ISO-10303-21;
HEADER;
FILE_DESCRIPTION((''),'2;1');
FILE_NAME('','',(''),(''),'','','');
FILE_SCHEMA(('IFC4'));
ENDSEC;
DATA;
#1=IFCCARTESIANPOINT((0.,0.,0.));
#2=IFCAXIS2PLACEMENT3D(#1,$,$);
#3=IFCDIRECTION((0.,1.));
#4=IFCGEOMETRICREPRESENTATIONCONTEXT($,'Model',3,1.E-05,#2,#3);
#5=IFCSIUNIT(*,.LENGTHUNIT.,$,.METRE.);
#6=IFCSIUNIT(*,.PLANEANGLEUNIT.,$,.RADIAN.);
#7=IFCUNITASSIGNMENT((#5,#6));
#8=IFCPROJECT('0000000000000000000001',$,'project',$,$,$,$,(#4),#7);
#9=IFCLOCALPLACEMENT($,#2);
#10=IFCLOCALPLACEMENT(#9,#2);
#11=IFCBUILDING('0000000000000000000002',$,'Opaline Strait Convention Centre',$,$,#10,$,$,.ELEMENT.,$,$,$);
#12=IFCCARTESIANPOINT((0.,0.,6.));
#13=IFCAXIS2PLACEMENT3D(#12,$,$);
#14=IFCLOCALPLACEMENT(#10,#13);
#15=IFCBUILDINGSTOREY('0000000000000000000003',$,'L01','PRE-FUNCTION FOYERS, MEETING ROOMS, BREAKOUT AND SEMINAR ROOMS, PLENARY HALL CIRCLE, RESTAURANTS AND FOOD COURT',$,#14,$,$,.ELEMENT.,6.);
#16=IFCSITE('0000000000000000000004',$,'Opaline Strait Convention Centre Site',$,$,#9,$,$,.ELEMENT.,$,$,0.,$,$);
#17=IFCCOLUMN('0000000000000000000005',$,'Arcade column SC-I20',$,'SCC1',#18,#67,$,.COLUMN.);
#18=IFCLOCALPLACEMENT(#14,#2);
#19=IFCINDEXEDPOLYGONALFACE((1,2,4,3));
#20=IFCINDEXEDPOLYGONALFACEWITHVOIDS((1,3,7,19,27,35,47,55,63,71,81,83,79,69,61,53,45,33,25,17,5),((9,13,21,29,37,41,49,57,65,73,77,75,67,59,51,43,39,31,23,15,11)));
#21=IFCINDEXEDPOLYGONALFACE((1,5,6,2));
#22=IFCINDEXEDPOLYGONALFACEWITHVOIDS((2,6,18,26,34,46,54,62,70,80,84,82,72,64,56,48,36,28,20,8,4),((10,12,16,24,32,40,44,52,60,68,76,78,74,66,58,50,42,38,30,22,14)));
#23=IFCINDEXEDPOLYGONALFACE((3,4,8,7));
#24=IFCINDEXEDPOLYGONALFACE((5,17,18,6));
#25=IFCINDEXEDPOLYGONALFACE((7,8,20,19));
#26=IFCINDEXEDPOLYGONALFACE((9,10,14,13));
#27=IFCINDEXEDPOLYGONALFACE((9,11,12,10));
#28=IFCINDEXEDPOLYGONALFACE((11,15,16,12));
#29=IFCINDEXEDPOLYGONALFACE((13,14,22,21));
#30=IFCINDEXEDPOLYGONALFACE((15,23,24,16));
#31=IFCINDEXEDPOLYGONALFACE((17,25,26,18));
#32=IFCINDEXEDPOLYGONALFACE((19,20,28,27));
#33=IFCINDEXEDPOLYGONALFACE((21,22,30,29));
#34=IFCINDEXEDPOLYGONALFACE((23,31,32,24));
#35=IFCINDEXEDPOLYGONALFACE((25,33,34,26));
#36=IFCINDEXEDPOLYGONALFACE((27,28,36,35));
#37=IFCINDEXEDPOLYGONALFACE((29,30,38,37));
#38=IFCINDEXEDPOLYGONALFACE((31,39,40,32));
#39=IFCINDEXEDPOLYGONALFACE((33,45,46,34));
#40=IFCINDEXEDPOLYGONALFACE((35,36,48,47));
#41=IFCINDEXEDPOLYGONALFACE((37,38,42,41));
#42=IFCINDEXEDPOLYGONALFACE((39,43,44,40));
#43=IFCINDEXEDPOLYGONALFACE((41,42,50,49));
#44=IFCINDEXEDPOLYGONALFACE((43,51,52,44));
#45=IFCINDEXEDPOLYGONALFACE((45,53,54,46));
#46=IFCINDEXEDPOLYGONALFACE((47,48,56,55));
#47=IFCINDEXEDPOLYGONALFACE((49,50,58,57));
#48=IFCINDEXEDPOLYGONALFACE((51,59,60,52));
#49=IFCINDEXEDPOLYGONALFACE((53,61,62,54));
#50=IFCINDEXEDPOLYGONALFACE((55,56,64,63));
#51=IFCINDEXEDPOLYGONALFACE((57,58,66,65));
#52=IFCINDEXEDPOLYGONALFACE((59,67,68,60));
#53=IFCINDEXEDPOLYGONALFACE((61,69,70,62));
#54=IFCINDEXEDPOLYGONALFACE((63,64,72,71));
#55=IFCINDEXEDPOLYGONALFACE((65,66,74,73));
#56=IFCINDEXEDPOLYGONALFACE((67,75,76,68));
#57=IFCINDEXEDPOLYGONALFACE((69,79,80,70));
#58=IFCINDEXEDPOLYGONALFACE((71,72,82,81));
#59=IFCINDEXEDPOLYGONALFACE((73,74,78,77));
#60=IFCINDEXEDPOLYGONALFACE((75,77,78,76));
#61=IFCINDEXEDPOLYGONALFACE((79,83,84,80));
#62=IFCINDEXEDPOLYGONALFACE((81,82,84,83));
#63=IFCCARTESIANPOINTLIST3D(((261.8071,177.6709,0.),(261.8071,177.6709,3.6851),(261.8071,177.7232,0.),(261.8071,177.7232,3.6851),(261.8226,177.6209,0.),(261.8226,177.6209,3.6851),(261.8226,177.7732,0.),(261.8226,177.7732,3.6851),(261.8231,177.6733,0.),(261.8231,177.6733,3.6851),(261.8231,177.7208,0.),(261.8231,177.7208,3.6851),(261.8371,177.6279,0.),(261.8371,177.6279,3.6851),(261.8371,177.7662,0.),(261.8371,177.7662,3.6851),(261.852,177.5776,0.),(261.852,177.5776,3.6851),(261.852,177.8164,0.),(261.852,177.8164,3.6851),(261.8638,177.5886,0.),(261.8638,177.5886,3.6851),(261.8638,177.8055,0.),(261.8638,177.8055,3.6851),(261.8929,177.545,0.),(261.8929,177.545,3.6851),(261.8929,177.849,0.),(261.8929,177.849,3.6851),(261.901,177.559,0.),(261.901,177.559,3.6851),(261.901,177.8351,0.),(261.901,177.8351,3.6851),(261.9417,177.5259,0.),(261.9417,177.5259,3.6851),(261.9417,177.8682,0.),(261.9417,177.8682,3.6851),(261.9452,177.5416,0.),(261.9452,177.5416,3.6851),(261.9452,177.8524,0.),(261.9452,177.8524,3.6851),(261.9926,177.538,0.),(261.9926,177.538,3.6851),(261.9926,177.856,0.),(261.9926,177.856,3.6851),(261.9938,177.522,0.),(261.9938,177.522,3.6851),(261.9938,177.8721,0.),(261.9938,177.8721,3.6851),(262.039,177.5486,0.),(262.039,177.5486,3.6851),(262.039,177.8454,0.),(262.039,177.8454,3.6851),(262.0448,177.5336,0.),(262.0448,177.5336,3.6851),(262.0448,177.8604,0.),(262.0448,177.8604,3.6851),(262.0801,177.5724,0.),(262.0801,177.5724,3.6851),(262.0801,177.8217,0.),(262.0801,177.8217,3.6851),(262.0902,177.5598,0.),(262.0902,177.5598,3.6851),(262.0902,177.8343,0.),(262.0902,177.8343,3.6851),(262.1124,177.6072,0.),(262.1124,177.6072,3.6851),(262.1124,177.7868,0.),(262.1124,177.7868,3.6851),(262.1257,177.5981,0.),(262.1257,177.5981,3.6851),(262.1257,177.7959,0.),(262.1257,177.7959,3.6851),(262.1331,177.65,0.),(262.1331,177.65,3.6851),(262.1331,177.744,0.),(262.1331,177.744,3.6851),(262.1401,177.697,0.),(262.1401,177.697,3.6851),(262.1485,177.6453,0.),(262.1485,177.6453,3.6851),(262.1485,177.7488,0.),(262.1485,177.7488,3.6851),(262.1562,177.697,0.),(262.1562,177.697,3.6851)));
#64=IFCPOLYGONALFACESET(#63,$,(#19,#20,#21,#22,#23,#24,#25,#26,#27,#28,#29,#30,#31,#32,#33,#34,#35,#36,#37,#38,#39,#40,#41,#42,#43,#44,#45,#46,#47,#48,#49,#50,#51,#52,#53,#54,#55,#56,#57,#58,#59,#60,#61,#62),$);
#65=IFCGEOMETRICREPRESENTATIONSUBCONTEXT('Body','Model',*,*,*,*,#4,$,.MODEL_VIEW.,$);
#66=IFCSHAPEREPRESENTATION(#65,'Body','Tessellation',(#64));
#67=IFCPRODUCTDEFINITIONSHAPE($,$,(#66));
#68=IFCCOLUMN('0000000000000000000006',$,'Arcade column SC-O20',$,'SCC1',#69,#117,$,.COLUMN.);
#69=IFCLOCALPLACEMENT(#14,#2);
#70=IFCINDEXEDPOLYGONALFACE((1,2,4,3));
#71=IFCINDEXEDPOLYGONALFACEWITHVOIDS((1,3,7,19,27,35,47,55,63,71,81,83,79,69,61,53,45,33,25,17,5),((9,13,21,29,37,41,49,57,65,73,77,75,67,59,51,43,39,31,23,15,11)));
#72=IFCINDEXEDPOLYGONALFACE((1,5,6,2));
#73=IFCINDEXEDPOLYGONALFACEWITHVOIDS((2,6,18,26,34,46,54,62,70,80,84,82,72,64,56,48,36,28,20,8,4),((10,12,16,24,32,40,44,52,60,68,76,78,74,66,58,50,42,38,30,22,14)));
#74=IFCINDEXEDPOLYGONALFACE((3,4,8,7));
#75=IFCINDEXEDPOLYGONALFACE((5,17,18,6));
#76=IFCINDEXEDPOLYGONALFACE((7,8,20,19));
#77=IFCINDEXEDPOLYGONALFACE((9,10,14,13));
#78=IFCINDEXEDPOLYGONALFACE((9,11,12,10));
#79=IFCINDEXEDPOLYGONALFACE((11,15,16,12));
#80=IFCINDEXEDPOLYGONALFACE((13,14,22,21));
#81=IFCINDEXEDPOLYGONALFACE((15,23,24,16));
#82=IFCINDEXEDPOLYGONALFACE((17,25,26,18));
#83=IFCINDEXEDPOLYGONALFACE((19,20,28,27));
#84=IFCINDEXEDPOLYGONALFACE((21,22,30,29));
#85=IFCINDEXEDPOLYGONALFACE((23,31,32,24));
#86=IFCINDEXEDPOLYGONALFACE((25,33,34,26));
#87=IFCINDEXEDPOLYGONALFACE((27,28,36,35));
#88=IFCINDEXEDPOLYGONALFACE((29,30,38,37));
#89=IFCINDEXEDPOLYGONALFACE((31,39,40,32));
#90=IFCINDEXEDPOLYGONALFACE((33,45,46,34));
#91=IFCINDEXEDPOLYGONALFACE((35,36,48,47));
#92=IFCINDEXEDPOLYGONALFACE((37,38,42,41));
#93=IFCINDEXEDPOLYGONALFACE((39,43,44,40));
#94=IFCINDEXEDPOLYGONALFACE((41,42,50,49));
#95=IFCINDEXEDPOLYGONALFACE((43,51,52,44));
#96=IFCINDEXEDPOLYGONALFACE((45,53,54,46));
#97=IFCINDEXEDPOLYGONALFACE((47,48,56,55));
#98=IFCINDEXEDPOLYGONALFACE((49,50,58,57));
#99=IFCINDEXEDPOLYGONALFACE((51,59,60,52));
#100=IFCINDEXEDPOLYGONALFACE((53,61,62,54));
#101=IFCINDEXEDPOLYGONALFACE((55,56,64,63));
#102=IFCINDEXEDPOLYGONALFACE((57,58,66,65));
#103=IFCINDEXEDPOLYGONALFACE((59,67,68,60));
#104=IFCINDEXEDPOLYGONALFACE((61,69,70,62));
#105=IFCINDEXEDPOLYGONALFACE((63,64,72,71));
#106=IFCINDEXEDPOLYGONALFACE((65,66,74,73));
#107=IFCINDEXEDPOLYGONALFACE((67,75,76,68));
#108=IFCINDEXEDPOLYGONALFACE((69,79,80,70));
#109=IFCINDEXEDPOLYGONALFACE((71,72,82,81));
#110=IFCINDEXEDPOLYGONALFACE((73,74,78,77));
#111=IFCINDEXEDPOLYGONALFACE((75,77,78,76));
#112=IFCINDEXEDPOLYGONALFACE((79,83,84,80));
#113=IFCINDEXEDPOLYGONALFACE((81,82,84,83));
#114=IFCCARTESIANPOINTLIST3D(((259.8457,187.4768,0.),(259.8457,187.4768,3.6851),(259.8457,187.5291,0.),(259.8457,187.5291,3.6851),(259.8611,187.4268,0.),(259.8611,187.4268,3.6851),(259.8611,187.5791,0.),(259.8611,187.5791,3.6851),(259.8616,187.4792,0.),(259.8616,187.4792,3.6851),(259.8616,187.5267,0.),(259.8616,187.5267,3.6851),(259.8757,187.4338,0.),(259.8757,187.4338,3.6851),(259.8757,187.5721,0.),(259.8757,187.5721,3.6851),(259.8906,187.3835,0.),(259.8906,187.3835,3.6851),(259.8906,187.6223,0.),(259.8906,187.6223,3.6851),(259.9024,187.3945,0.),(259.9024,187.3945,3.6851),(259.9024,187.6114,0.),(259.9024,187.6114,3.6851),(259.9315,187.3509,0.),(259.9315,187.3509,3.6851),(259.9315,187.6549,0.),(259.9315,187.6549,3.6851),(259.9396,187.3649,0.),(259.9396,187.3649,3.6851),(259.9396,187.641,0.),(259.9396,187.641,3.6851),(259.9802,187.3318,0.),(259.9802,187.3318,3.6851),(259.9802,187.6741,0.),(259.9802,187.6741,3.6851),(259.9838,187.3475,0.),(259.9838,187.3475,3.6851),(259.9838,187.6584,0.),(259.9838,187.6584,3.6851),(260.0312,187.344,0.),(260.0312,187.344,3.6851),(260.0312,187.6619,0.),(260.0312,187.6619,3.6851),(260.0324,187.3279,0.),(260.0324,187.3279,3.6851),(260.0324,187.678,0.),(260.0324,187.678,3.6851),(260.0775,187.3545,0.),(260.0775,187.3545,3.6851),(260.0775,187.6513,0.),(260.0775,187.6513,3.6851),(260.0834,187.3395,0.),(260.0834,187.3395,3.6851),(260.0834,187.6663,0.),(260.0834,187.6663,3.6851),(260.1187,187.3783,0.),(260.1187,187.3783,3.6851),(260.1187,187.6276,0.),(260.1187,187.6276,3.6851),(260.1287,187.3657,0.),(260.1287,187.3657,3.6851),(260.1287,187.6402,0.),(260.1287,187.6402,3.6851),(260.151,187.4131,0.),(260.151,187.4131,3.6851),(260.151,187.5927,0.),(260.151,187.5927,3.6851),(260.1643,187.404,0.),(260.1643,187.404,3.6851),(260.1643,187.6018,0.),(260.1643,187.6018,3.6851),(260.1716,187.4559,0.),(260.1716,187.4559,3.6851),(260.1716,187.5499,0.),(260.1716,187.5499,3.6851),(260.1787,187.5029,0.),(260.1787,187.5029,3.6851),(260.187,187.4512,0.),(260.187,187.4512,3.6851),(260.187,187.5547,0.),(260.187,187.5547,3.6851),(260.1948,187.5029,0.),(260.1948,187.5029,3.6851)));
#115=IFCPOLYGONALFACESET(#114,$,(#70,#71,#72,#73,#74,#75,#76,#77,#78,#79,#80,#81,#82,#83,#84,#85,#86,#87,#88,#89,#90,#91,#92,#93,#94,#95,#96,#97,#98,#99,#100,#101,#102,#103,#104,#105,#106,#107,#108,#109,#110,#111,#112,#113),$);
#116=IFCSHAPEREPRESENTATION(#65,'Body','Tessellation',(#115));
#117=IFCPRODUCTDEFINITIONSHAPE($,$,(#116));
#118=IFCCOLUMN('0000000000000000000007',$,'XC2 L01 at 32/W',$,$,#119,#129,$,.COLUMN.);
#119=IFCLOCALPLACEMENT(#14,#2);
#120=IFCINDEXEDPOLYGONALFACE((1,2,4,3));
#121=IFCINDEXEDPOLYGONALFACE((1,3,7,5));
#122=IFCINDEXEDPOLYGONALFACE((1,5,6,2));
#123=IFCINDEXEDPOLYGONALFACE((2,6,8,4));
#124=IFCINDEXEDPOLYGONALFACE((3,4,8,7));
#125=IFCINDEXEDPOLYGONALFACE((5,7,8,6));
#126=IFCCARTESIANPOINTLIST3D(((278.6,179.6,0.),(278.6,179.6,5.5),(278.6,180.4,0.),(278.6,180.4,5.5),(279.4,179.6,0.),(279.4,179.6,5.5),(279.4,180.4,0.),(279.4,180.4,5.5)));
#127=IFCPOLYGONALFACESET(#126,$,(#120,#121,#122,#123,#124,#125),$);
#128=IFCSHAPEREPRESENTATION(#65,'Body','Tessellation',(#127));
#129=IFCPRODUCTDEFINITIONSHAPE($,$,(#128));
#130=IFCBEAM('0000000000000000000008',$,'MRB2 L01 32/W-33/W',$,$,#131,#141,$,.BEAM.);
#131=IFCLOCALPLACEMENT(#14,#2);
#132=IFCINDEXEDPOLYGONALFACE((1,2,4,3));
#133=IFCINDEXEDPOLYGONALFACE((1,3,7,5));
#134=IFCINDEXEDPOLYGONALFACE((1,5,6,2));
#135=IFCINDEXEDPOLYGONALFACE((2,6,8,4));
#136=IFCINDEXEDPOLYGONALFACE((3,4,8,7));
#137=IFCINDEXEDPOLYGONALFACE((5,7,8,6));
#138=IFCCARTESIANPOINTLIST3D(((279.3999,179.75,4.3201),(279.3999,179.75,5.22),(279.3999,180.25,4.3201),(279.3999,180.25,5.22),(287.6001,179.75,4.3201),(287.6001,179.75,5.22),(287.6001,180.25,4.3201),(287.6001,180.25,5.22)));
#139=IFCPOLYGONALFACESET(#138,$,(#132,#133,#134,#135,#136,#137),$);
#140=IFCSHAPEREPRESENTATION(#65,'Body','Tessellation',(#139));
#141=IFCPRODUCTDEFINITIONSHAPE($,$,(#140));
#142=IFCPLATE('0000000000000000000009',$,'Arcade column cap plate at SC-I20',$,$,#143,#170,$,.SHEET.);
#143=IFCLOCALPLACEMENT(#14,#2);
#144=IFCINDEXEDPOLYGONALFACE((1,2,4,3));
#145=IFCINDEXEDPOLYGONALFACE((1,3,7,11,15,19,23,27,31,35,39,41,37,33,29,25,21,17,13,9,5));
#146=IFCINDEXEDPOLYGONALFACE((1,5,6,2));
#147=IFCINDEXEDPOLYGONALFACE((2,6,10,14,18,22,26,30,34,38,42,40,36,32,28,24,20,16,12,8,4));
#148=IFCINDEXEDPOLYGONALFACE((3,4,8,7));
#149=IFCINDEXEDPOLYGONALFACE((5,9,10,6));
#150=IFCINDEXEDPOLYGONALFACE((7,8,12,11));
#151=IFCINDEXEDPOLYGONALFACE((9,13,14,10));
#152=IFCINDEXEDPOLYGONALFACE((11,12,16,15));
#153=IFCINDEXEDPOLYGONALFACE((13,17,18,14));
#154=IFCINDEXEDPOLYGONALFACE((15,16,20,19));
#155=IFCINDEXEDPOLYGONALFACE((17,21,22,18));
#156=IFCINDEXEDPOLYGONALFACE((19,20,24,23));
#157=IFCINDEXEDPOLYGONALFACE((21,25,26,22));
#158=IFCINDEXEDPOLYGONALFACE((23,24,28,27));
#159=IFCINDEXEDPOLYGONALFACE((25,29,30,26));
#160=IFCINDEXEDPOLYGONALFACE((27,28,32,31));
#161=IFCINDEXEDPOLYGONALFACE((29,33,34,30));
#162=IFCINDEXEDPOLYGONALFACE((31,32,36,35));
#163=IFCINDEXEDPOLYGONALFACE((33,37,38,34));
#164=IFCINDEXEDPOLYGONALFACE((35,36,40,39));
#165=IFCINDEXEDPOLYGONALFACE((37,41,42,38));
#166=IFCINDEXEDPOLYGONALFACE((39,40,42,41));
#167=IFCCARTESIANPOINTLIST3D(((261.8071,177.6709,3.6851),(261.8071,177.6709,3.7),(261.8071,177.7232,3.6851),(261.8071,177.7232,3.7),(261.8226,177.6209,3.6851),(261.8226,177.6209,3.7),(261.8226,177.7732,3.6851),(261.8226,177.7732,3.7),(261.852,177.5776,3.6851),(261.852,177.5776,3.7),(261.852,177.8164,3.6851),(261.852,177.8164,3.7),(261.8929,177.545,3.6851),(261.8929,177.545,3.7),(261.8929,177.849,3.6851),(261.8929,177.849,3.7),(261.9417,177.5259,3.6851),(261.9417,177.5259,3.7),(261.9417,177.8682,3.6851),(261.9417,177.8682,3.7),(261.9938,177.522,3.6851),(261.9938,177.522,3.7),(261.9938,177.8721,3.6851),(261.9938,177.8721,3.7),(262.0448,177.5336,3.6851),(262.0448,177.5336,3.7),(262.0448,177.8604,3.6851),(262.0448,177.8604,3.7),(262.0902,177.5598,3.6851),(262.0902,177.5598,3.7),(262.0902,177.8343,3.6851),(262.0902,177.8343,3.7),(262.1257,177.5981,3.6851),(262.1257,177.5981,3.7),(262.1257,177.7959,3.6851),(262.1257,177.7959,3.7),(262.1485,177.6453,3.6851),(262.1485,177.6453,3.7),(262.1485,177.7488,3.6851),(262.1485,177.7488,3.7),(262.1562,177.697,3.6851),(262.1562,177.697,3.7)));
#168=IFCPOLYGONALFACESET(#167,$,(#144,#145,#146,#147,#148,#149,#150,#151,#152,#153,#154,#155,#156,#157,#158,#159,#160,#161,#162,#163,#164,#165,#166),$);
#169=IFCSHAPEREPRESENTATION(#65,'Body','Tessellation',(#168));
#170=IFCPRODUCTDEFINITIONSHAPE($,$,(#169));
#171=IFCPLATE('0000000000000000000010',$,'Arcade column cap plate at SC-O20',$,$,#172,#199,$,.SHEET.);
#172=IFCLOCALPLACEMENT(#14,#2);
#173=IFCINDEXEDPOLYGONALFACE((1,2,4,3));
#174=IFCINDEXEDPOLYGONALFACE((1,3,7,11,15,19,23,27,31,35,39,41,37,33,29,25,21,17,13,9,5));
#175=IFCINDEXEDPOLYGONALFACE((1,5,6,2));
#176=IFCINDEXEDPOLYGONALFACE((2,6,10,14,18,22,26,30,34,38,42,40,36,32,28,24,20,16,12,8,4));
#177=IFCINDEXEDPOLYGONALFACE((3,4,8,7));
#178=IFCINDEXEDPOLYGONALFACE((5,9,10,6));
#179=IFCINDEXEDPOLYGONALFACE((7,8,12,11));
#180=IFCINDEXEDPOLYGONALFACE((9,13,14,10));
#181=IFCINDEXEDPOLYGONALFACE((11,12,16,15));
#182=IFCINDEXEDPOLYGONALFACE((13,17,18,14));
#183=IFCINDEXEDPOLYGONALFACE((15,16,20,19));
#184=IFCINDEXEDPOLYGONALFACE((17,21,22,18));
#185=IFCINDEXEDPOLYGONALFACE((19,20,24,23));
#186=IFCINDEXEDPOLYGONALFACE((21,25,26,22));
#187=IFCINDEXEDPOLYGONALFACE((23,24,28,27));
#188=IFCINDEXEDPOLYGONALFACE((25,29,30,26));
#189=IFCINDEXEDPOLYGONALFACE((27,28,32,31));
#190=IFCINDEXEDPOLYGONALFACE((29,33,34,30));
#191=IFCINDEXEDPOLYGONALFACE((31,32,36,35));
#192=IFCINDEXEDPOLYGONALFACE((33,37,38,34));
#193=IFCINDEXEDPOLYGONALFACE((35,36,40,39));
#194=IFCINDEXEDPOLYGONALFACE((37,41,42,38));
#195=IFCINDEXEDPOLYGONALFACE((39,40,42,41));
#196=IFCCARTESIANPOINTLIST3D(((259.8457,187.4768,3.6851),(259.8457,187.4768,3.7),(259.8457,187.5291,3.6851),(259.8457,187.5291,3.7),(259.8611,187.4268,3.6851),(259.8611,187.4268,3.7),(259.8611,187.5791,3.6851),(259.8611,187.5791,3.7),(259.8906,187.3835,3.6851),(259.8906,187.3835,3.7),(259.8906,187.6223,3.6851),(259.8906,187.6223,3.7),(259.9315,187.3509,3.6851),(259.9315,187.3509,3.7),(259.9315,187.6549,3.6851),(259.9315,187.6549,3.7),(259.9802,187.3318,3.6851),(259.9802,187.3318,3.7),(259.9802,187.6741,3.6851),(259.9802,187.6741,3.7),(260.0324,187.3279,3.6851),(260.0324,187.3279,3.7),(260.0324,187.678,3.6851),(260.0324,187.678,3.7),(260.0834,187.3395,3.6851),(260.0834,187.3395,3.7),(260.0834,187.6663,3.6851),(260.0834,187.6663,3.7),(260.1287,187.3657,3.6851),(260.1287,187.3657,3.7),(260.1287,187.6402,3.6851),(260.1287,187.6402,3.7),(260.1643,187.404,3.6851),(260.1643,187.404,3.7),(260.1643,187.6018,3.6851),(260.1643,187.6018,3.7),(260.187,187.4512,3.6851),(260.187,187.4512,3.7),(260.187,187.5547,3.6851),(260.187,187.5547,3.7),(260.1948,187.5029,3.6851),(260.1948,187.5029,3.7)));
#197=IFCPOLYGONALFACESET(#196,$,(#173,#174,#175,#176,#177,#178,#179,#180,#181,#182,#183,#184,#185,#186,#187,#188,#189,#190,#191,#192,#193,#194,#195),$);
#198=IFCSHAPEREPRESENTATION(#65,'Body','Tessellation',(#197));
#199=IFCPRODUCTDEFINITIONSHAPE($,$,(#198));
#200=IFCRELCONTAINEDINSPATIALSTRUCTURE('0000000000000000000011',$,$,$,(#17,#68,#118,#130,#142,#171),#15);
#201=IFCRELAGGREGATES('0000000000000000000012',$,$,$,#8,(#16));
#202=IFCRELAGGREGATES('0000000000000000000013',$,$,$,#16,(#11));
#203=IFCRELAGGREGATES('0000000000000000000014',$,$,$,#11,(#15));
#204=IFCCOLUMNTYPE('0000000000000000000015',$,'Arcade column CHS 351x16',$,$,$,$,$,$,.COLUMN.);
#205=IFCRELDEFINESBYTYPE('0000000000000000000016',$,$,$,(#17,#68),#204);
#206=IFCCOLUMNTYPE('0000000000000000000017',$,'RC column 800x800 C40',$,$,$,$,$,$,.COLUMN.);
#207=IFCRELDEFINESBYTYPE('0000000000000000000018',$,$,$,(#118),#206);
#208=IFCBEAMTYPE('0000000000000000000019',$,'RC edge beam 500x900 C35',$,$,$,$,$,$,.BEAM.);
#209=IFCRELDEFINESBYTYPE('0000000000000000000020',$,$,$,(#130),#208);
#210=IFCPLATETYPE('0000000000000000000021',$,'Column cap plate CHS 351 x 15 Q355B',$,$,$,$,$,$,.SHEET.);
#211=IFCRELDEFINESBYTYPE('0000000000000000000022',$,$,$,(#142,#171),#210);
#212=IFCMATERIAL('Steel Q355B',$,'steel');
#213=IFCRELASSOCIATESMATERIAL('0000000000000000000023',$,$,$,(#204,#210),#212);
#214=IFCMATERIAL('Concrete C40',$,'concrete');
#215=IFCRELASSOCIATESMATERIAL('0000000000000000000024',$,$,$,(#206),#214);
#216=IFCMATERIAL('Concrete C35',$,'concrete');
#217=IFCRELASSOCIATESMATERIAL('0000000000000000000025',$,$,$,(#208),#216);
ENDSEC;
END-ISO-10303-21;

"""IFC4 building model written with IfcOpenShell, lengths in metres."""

from ifc_helpers import new_model, si_unit, direction, frame, origin, origin_2d, place, context, subcontext, project, spatial, rectangle, circle, hollow_circle, extrude, material, material_profile, profile_set, type_object, element, save


model = new_model("IFC4")

# Units and contexts
model_context = context("Model", 3, precision=1e-05, world=origin(), true_north=direction((0.0, 1.0)))
body_context = subcontext(model_context, "Body", "Model", "MODEL_VIEW")
ifc_project = project(units=[si_unit("LENGTHUNIT", "METRE"), si_unit("PLANEANGLEUNIT", "RADIAN")], contexts=[model_context])

# Site, building, storey
site_placement = place(None, origin())
site = spatial("IfcSite", under=ifc_project, at=site_placement, Name="Opaline Strait Convention Centre Site", CompositionType="ELEMENT", RefElevation=0.0)
building_placement = place(site_placement, origin())
building = spatial("IfcBuilding", under=site, at=building_placement, Name="Opaline Strait Convention Centre", CompositionType="ELEMENT")
storey_placement = place(building_placement, frame((0.0, 0.0, 6.0)))
storey = spatial("IfcBuildingStorey", under=building, at=storey_placement, Name="L01", Description="PRE-FUNCTION FOYERS, MEETING ROOMS, BREAKOUT AND SEMINAR ROOMS, PLENARY HALL CIRCLE, RESTAURANTS AND FOOD COURT", CompositionType="ELEMENT", Elevation=6.0)

# Columns
ifc_material_1 = material(Name="Steel Q355B", Category="steel")
ifc_material_profile_1 = material_profile(ifc_material_1, hollow_circle(Radius=0.1755, WallThickness=0.0161, at=origin_2d()), Name="CHS 351x16")
ifc_profile_set_1 = profile_set([ifc_material_profile_1], Name="Steel Q355B")
column_type_1 = type_object("IfcColumnType", Name="Arcade column CHS 351x16", PredefinedType="COLUMN", material=ifc_profile_set_1)
for number, where, z_axis, x_axis, name in (
    (1, (261.9807, 177.697, 0.0), (0.0, 0.0, 1.0), (1.0, 0.0, 0.0), "Arcade column SC-I20"),
    (2, (260.0193, 187.5029, 0.0), (0.0, 0.0, 1.0), (1.0, 0.0, 0.0), "Arcade column SC-O20"),
):
    element("IfcColumn", number, at=place(storey_placement, frame(where, z_axis=z_axis, x_axis=x_axis)), inside=storey, type_object=column_type_1, Name=name, ObjectType="SCC1", PredefinedType="COLUMN", context=body_context, shape_type="SweptSolid", body=[
        extrude(hollow_circle(Radius=0.1755, WallThickness=0.0161, at=origin_2d()), origin(), (0.0, 0.0, 1.0), 3.6851),
    ])
ifc_material_2 = material(Name="Concrete C40", Category="concrete")
ifc_material_profile_2 = material_profile(ifc_material_2, rectangle(XDim=0.8, YDim=0.8, at=origin_2d()), Name="RC 800x800")
ifc_profile_set_2 = profile_set([ifc_material_profile_2], Name="Concrete C40")
column_type_2 = type_object("IfcColumnType", Name="RC column 800x800 C40", PredefinedType="COLUMN", material=ifc_profile_set_2)
column_placement = place(storey_placement, frame((279.0, 180.0, 0.0), z_axis=(0.0, 0.0, 1.0), x_axis=(1.0, 0.0, 0.0)))
element("IfcColumn", 3, at=column_placement, inside=storey, type_object=column_type_2, Name="XC2 L01 at 32/W", PredefinedType="COLUMN", context=body_context, shape_type="SweptSolid", body=[
    extrude(rectangle(XDim=0.8, YDim=0.8, at=origin_2d()), origin(), (0.0, 0.0, 1.0), 5.5),
])

# Beam
ifc_material_3 = material(Name="Concrete C35", Category="concrete")
ifc_material_profile_3 = material_profile(ifc_material_3, rectangle(XDim=0.5, YDim=0.8999, at=origin_2d()), Name="RC 500x900")
ifc_profile_set_3 = profile_set([ifc_material_profile_3], Name="Concrete C35")
beam_type = type_object("IfcBeamType", Name="RC edge beam 500x900 C35", PredefinedType="BEAM", material=ifc_profile_set_3)
beam_placement = place(storey_placement, frame((279.3999, 180.0, 4.77), z_axis=(1.0, 0.0, 0.0), x_axis=(0.0, 1.0, 0.0)))
element("IfcBeam", 4, at=beam_placement, inside=storey, type_object=beam_type, Name="MRB2 L01 32/W-33/W", PredefinedType="BEAM", context=body_context, shape_type="SweptSolid", body=[
    extrude(rectangle(XDim=0.5, YDim=0.8999, at=origin_2d()), origin(), (0.0, 0.0, 1.0), 8.2002),
])

# Plates
ifc_material_profile_4 = material_profile(ifc_material_1, circle(Radius=0.1755, at=origin_2d()), Name="D351")
ifc_profile_set_4 = profile_set([ifc_material_profile_4], Name="Steel Q355B")
plate_type = type_object("IfcPlateType", Name="Column cap plate CHS 351 x 15 Q355B", PredefinedType="SHEET", material=ifc_profile_set_4)
for number, where, z_axis, x_axis, name in (
    (5, (261.9807, 177.697, 3.6851), (0.0, 0.0, 1.0), (1.0, 0.0, 0.0), "Arcade column cap plate at SC-I20"),
    (6, (260.0193, 187.5029, 3.6851), (0.0, 0.0, 1.0), (1.0, 0.0, 0.0), "Arcade column cap plate at SC-O20"),
):
    element("IfcPlate", number, at=place(storey_placement, frame(where, z_axis=z_axis, x_axis=x_axis)), inside=storey, type_object=plate_type, Name=name, PredefinedType="SHEET", context=body_context, shape_type="SweptSolid", body=[
        extrude(circle(Radius=0.1755, at=origin_2d()), origin(), (0.0, 0.0, 1.0), 0.0149),
    ])

save(model, "model.ifc")
